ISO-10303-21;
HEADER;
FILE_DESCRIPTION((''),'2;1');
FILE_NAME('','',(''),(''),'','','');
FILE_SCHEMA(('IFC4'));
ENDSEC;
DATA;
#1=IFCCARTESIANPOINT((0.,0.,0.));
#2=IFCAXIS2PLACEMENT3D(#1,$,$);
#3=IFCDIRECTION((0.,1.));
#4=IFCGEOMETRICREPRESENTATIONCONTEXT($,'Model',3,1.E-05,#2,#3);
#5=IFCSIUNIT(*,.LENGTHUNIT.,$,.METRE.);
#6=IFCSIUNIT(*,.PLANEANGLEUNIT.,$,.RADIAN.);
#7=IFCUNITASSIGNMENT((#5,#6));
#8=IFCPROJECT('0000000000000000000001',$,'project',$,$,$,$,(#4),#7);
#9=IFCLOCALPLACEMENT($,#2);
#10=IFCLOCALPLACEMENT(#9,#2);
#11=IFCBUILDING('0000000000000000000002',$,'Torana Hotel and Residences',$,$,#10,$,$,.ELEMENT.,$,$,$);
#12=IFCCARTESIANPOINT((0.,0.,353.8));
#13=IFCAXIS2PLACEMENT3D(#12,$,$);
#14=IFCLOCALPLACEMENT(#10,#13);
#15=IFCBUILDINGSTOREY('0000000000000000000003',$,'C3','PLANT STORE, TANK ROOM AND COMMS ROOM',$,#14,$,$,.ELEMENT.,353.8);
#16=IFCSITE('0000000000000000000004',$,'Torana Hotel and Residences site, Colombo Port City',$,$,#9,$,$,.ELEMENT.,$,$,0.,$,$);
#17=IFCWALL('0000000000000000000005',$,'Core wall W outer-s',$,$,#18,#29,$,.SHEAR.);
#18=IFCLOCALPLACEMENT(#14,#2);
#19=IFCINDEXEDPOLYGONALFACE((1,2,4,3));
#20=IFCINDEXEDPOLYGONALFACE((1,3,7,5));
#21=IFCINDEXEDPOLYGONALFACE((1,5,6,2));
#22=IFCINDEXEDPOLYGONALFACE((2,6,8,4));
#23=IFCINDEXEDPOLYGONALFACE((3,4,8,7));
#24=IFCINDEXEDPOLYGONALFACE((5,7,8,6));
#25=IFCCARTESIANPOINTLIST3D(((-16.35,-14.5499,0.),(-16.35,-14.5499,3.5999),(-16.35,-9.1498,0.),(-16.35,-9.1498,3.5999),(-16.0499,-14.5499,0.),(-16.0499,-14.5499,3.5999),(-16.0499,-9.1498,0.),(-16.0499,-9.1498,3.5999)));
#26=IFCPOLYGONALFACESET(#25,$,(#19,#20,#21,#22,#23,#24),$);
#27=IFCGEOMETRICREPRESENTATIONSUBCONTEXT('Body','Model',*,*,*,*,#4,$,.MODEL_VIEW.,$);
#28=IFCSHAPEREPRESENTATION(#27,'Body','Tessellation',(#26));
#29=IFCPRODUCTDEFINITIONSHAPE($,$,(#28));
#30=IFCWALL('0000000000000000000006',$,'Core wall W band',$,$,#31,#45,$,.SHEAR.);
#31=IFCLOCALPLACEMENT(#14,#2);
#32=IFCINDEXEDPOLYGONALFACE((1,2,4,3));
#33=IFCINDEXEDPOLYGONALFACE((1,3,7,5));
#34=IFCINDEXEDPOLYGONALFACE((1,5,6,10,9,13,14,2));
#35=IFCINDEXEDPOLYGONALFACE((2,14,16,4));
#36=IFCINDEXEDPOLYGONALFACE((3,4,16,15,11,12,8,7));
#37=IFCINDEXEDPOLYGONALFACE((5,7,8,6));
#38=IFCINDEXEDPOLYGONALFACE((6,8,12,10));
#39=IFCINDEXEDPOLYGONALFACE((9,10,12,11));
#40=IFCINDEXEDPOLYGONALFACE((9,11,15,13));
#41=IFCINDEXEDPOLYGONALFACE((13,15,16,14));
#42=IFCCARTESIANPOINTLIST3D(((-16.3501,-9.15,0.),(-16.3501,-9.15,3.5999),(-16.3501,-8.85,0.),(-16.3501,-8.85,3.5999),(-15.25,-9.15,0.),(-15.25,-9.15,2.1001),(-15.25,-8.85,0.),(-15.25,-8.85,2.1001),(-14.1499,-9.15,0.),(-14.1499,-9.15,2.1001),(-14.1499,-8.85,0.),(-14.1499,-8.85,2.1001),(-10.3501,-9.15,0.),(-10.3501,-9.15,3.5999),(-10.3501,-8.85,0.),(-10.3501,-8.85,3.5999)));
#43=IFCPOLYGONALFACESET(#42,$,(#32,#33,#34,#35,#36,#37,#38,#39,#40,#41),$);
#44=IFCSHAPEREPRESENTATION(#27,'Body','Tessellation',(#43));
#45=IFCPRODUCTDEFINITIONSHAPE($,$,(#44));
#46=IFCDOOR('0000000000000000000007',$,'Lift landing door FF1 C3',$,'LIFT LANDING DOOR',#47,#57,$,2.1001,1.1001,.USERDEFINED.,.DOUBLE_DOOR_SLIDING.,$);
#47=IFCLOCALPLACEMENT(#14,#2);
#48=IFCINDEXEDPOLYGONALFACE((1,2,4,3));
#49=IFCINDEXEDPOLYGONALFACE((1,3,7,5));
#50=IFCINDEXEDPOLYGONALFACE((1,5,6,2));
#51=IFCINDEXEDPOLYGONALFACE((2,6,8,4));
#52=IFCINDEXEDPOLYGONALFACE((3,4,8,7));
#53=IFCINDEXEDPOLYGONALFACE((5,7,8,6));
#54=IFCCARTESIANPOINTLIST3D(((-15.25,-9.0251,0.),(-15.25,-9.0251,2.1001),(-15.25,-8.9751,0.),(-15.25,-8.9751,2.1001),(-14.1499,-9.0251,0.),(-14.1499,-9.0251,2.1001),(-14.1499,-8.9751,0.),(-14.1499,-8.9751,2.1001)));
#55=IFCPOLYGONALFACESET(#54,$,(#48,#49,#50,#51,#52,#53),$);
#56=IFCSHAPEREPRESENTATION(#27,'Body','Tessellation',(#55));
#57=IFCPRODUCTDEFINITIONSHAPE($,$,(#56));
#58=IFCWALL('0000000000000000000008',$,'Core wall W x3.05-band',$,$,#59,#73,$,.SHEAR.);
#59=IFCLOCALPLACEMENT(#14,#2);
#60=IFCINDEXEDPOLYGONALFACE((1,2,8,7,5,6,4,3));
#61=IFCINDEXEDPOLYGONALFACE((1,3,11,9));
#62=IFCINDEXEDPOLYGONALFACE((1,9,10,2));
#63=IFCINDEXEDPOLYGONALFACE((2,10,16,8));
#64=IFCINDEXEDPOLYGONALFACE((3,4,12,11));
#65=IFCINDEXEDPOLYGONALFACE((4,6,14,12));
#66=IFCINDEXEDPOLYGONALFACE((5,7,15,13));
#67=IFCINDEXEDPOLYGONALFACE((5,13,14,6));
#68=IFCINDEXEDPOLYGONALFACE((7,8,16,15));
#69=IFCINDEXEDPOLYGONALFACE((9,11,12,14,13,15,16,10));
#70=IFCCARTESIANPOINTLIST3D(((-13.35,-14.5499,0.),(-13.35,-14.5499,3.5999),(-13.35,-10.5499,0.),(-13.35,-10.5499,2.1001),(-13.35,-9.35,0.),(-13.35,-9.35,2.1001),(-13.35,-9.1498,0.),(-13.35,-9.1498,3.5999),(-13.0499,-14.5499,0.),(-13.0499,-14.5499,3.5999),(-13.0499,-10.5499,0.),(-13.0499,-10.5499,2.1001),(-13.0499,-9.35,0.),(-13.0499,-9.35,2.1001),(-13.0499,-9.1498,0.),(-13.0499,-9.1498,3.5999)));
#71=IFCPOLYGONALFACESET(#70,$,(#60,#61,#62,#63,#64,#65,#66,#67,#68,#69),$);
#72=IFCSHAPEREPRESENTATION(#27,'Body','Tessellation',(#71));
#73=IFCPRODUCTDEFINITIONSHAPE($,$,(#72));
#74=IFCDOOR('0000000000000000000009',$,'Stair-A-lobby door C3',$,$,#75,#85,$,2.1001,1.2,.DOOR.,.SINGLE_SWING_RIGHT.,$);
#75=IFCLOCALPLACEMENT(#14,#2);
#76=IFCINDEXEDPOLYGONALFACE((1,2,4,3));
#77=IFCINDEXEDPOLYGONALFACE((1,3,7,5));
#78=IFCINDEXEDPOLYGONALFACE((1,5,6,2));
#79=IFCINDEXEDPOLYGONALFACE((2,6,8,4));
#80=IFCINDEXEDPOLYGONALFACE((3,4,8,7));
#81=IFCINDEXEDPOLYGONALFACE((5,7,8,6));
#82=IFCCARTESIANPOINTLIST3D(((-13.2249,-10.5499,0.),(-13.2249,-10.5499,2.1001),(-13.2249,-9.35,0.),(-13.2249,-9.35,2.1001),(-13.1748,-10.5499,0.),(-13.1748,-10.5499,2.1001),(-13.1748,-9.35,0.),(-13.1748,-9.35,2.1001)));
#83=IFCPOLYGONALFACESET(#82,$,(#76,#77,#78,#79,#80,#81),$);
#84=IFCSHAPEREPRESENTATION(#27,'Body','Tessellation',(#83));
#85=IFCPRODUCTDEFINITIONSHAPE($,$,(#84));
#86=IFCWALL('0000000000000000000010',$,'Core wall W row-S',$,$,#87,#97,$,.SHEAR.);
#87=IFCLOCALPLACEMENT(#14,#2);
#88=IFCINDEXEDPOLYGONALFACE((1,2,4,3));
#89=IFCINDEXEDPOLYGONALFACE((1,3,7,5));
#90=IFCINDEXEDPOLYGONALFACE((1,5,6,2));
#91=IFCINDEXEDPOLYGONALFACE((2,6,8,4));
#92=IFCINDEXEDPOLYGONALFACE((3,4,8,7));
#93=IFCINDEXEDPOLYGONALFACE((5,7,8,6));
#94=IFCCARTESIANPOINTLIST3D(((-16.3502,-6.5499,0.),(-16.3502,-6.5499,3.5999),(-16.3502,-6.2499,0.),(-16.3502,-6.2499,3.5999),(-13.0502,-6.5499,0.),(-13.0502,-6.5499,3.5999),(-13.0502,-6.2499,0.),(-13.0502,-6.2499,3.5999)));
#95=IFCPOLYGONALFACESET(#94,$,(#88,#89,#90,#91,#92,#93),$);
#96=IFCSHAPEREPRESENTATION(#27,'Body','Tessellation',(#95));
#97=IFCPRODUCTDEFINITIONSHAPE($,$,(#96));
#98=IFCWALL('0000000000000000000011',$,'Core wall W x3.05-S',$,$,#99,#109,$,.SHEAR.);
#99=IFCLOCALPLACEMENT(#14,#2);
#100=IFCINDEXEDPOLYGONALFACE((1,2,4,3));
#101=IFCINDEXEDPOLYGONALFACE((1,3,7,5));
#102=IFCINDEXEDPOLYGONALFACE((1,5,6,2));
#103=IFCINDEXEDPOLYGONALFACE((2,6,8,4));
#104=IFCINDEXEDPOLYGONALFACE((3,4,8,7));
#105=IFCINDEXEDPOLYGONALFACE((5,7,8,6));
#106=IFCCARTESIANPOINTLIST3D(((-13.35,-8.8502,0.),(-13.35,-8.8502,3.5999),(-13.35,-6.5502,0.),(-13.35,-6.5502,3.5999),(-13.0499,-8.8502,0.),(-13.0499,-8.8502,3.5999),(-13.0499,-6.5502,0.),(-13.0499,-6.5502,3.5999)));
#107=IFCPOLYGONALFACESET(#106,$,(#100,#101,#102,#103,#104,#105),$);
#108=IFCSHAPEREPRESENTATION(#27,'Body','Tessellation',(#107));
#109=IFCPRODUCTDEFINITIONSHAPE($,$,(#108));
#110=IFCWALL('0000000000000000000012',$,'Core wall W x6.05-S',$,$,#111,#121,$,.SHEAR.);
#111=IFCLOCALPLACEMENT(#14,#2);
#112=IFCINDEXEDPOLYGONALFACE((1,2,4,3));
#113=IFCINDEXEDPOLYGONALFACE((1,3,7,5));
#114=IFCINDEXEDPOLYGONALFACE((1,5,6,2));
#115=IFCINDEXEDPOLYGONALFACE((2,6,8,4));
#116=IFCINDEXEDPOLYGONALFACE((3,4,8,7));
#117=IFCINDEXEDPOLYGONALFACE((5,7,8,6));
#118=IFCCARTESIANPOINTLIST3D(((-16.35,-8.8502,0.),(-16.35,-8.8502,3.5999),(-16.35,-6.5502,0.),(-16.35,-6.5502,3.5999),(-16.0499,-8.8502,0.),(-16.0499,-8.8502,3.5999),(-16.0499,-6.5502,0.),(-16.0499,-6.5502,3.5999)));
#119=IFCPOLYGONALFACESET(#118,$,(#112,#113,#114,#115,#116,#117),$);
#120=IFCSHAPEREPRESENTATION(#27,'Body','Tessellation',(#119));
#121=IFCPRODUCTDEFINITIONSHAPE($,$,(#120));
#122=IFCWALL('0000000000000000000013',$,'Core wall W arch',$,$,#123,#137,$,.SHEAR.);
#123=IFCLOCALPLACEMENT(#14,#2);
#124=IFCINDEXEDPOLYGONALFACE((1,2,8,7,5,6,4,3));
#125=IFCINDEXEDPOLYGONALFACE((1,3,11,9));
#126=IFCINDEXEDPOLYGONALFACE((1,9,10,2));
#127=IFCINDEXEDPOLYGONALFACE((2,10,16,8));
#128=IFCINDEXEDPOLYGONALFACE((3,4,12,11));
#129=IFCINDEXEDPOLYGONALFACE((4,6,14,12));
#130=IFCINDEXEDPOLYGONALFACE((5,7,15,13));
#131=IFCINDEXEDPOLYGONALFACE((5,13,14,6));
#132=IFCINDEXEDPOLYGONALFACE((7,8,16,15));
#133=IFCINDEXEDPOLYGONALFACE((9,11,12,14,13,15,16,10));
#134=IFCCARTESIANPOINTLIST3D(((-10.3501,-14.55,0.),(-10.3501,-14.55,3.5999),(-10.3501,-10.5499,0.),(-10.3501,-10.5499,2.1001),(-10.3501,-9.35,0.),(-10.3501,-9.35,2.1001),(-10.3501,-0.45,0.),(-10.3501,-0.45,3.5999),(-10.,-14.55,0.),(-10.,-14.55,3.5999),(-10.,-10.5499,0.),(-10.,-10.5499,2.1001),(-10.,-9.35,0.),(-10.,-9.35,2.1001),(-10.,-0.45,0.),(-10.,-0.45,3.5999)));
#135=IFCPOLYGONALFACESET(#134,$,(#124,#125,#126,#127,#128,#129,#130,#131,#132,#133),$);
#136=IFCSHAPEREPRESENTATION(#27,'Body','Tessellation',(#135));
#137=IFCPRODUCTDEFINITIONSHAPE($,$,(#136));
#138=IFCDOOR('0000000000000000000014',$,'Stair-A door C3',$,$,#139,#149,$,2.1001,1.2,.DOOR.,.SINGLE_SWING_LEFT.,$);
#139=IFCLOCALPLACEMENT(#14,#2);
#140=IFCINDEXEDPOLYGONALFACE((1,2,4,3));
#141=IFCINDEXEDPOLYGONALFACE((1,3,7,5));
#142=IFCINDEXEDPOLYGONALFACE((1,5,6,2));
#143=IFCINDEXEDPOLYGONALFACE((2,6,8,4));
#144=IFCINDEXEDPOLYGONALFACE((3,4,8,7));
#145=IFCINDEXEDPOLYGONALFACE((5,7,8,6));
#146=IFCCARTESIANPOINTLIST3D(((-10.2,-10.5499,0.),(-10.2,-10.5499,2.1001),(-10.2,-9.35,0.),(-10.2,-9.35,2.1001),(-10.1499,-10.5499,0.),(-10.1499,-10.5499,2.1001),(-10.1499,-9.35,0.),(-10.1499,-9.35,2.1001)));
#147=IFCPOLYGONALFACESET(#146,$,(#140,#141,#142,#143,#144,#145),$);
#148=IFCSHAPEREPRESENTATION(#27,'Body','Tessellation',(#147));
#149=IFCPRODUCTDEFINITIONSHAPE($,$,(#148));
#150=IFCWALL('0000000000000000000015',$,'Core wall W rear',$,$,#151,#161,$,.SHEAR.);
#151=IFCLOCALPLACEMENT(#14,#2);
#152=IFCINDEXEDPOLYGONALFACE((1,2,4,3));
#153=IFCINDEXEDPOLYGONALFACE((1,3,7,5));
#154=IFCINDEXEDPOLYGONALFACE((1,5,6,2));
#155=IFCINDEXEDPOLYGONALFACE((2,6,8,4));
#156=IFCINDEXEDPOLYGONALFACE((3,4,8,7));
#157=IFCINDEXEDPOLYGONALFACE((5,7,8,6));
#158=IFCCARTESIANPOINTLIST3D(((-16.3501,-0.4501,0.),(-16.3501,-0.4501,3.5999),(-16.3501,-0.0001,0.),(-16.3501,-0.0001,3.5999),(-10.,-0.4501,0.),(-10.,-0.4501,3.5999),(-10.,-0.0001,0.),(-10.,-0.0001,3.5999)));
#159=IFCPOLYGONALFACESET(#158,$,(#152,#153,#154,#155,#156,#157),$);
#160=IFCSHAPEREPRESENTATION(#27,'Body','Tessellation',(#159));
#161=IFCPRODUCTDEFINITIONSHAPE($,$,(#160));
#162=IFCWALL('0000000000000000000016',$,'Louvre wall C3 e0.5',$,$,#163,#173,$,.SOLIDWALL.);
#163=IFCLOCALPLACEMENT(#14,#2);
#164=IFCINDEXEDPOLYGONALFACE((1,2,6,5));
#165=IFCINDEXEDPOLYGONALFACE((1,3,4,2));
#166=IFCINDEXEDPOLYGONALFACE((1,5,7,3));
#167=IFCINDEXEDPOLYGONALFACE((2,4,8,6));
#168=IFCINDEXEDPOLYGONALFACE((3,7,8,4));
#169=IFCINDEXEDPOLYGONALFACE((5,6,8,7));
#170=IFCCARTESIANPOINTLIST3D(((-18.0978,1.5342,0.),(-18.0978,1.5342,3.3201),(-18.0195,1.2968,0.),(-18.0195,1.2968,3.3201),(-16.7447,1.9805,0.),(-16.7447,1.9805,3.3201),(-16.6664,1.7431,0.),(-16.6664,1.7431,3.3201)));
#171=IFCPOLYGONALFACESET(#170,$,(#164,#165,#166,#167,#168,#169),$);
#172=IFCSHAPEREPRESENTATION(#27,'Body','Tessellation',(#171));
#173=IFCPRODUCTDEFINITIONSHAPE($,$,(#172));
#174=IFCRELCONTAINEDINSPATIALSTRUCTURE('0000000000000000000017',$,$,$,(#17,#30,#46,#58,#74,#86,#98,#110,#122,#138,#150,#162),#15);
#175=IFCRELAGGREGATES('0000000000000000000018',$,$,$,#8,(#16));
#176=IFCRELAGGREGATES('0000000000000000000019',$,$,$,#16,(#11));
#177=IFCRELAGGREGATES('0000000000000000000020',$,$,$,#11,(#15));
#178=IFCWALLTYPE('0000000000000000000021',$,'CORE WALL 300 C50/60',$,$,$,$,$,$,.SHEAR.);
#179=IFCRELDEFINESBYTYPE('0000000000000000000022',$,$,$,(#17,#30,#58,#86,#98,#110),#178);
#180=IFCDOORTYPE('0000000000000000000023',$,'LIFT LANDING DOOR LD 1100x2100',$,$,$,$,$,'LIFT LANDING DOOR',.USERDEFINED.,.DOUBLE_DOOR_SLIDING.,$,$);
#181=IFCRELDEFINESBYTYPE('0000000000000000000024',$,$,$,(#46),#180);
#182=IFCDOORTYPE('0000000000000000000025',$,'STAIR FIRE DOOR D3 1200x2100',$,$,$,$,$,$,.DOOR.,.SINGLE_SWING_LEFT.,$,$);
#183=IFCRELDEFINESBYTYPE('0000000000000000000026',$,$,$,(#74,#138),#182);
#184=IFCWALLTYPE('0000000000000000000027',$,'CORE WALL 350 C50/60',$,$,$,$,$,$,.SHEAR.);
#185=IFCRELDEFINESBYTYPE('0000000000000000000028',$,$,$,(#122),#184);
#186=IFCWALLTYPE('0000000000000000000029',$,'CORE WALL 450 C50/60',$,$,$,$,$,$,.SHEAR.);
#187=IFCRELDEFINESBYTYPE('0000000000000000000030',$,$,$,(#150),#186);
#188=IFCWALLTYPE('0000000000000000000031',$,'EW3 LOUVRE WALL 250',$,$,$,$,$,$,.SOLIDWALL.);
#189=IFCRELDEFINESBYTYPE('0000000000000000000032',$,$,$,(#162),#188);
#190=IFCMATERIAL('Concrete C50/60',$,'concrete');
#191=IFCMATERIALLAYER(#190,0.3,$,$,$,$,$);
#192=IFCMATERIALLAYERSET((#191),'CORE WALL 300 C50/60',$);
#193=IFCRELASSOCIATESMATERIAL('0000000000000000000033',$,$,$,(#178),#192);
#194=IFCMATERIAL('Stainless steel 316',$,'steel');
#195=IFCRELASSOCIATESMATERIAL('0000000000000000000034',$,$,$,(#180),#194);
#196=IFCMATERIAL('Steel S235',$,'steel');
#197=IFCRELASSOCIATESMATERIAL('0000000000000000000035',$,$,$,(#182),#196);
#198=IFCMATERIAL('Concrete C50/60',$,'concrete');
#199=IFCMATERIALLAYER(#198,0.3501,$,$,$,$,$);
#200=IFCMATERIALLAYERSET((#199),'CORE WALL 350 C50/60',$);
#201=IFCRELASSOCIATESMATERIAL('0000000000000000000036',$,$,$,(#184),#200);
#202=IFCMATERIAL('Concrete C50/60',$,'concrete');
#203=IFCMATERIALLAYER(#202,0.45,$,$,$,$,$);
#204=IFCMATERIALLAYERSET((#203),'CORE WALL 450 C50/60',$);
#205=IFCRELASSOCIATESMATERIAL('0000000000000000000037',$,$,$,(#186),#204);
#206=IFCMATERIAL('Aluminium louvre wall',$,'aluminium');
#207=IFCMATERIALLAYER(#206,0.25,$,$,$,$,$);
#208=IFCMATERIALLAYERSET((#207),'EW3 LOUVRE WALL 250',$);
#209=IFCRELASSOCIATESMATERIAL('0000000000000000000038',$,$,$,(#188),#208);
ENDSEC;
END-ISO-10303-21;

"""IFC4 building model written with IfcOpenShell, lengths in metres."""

from ifc_helpers import new_model, si_unit, direction, frame, frame_2d, origin, place, context, subcontext, project, spatial, rectangle, extrude, material, layer, layer_set, type_object, element, fill, save


model = new_model("IFC4")

# Units and contexts
model_context = context("Model", 3, precision=1e-05, world=origin(), true_north=direction((0.0, 1.0)))
body_context = subcontext(model_context, "Body", "Model", "MODEL_VIEW")
ifc_project = project(units=[si_unit("LENGTHUNIT", "METRE"), si_unit("PLANEANGLEUNIT", "RADIAN")], contexts=[model_context])

# Site, building, storey
site_placement = place(None, origin())
site = spatial("IfcSite", under=ifc_project, at=site_placement, Name="Torana Hotel and Residences site, Colombo Port City", CompositionType="ELEMENT", RefElevation=0.0)
building_placement = place(site_placement, origin())
building = spatial("IfcBuilding", under=site, at=building_placement, Name="Torana Hotel and Residences", CompositionType="ELEMENT")
storey_placement = place(building_placement, frame((0.0, 0.0, 353.8)))
storey = spatial("IfcBuildingStorey", under=building, at=storey_placement, Name="C3", Description="PLANT STORE, TANK ROOM AND COMMS ROOM", CompositionType="ELEMENT", Elevation=353.8)

# Wall
ifc_material_1 = material(Name="Concrete C50/60", Category="concrete")
ifc_layer_1 = layer(ifc_material_1, 0.3)
ifc_layer_set_1 = layer_set([ifc_layer_1], Name="CORE WALL 300 C50/60")
wall_type_1 = type_object("IfcWallType", Name="CORE WALL 300 C50/60", PredefinedType="SHEAR", material=ifc_layer_set_1)
wall_1_placement = place(storey_placement, frame((-16.2, -14.55, 0.0), z_axis=(0.0, 0.0, 1.0), x_axis=(0.0, 1.0, 0.0)))
element("IfcWall", 1, at=wall_1_placement, inside=storey, type_object=wall_type_1, Name="Core wall W outer-s", PredefinedType="SHEAR", context=body_context, shape_type="SweptSolid", body=[
    extrude(rectangle(XDim=5.4001, YDim=0.3, at=frame_2d((2.7002, 0.0))), origin(), (0.0, 0.0, 1.0), 3.5999),
])

# Walls, openings, doors
wall_2_placement = place(storey_placement, frame((-16.3501, -9.0, 0.0), z_axis=(0.0, 0.0, 1.0), x_axis=(1.0, 0.0, 0.0)))
wall_2 = element("IfcWall", 2, at=wall_2_placement, inside=storey, type_object=wall_type_1, Name="Core wall W band", PredefinedType="SHEAR", context=body_context, shape_type="SweptSolid", body=[
    extrude(rectangle(XDim=6.0, YDim=0.3, at=frame_2d((3.0, 0.0))), origin(), (0.0, 0.0, 1.0), 3.5999),
])
opening_1_placement = place(wall_2_placement, frame((1.1001, 0.0, 0.0)))
opening_1 = element("IfcOpeningElement", 3, at=opening_1_placement, cuts=wall_2, PredefinedType="OPENING", context=body_context, shape_type="SweptSolid", body=[
    extrude(rectangle(XDim=1.1001, YDim=2.1001, at=frame_2d((0.55, 1.05))), frame((0.0, 0.1599, 0.0), z_axis=(0.0, -1.0, 0.0), x_axis=(1.0, 0.0, 0.0)), (0.0, 0.0, 1.0), 0.3201),
])
ifc_material_2 = material(Name="Stainless steel 316", Category="steel")
door_type_1 = type_object("IfcDoorType", Name="LIFT LANDING DOOR LD 1100x2100", ElementType="LIFT LANDING DOOR", OperationType="DOUBLE_DOOR_SLIDING", PredefinedType="USERDEFINED", material=ifc_material_2)
door_1_placement = place(opening_1_placement, origin())
door_1 = element("IfcDoor", 4, at=door_1_placement, inside=storey, type_object=door_type_1, Name="Lift landing door FF1 C3", ObjectType="LIFT LANDING DOOR", OperationType="DOUBLE_DOOR_SLIDING", OverallHeight=2.1001, OverallWidth=1.1001, PredefinedType="USERDEFINED", context=body_context, shape_type="SweptSolid", body=[
    extrude(rectangle(XDim=1.1001, YDim=2.1001, at=frame_2d((0.55, 1.05))), frame((0.0, 0.0249, 0.0), z_axis=(0.0, -1.0, 0.0), x_axis=(1.0, 0.0, 0.0)), (0.0, 0.0, 1.0), 0.05),
])
fill(opening_1, door_1)
wall_3_placement = place(storey_placement, frame((-13.2, -14.55, 0.0), z_axis=(0.0, 0.0, 1.0), x_axis=(0.0, 1.0, 0.0)))
wall_3 = element("IfcWall", 5, at=wall_3_placement, inside=storey, type_object=wall_type_1, Name="Core wall W x3.05-band", PredefinedType="SHEAR", context=body_context, shape_type="SweptSolid", body=[
    extrude(rectangle(XDim=5.4001, YDim=0.3, at=frame_2d((2.7002, 0.0))), origin(), (0.0, 0.0, 1.0), 3.5999),
])
opening_2_placement = place(wall_3_placement, frame((4.0, 0.0, 0.0)))
opening_2 = element("IfcOpeningElement", 6, at=opening_2_placement, cuts=wall_3, PredefinedType="OPENING", context=body_context, shape_type="SweptSolid", body=[
    extrude(rectangle(XDim=1.2, YDim=2.1001, at=frame_2d((0.6001, 1.05))), frame((0.0, 0.1599, 0.0), z_axis=(0.0, -1.0, 0.0), x_axis=(1.0, 0.0, 0.0)), (0.0, 0.0, 1.0), 0.3201),
])
ifc_material_3 = material(Name="Steel S235", Category="steel")
door_type_2 = type_object("IfcDoorType", Name="STAIR FIRE DOOR D3 1200x2100", OperationType="SINGLE_SWING_LEFT", PredefinedType="DOOR", material=ifc_material_3)
door_2_placement = place(opening_2_placement, frame((0.6001, 0.0, 0.0), z_axis=(0.0, 0.0, 1.0), x_axis=(-1.0, 0.0, 0.0)))
door_2 = element("IfcDoor", 7, at=door_2_placement, inside=storey, type_object=door_type_2, Name="Stair-A-lobby door C3", OperationType="SINGLE_SWING_RIGHT", OverallHeight=2.1001, OverallWidth=1.2, PredefinedType="DOOR", context=body_context, shape_type="SweptSolid", body=[
    extrude(rectangle(XDim=1.2, YDim=2.1001, at=frame_2d((0.0, 1.05))), frame((0.0, -0.0249, 0.0), z_axis=(0.0, 1.0, 0.0), x_axis=(-1.0, 0.0, 0.0)), (0.0, 0.0, 1.0), 0.05),
])
fill(opening_2, door_2)

# Walls
wall_4_placement = place(storey_placement, frame((-16.3501, -6.3999, 0.0), z_axis=(0.0, 0.0, 1.0), x_axis=(1.0, 0.0, 0.0)))
element("IfcWall", 8, at=wall_4_placement, inside=storey, type_object=wall_type_1, Name="Core wall W row-S", PredefinedType="SHEAR", context=body_context, shape_type="SweptSolid", body=[
    extrude(rectangle(XDim=3.3, YDim=0.3, at=frame_2d((1.6499, 0.0))), origin(), (0.0, 0.0, 1.0), 3.5999),
])
for number, where, z_axis, x_axis, name in (
    (9, (-13.2, -8.8501, 0.0), (0.0, 0.0, 1.0), (0.0, 1.0, 0.0), "Core wall W x3.05-S"),
    (10, (-16.2, -8.8501, 0.0), (0.0, 0.0, 1.0), (0.0, 1.0, 0.0), "Core wall W x6.05-S"),
):
    element("IfcWall", number, at=place(storey_placement, frame(where, z_axis=z_axis, x_axis=x_axis)), inside=storey, type_object=wall_type_1, Name=name, PredefinedType="SHEAR", context=body_context, shape_type="SweptSolid", body=[
        extrude(rectangle(XDim=2.3, YDim=0.3, at=frame_2d((1.1499, 0.0))), origin(), (0.0, 0.0, 1.0), 3.5999),
    ])

# Wall, opening, door
ifc_material_4 = material(Name="Concrete C50/60", Category="concrete")
ifc_layer_2 = layer(ifc_material_4, 0.3501)
ifc_layer_set_2 = layer_set([ifc_layer_2], Name="CORE WALL 350 C50/60")
wall_type_2 = type_object("IfcWallType", Name="CORE WALL 350 C50/60", PredefinedType="SHEAR", material=ifc_layer_set_2)
wall_5_placement = place(storey_placement, frame((-10.175, -14.55, 0.0), z_axis=(0.0, 0.0, 1.0), x_axis=(0.0, 1.0, 0.0)))
wall_5 = element("IfcWall", 11, at=wall_5_placement, inside=storey, type_object=wall_type_2, Name="Core wall W arch", PredefinedType="SHEAR", context=body_context, shape_type="SweptSolid", body=[
    extrude(rectangle(XDim=14.1001, YDim=0.3501, at=frame_2d((7.05, 0.0))), origin(), (0.0, 0.0, 1.0), 3.5999),
])
opening_3_placement = place(wall_5_placement, frame((4.0, 0.0, 0.0)))
opening_3 = element("IfcOpeningElement", 12, at=opening_3_placement, cuts=wall_5, PredefinedType="OPENING", context=body_context, shape_type="SweptSolid", body=[
    extrude(rectangle(XDim=1.2, YDim=2.1001, at=frame_2d((0.6001, 1.05))), frame((0.0, 0.1851, 0.0), z_axis=(0.0, -1.0, 0.0), x_axis=(1.0, 0.0, 0.0)), (0.0, 0.0, 1.0), 0.3701),
])
door_3_placement = place(opening_3_placement, origin())
door_3 = element("IfcDoor", 13, at=door_3_placement, inside=storey, type_object=door_type_2, Name="Stair-A door C3", OperationType="SINGLE_SWING_LEFT", OverallHeight=2.1001, OverallWidth=1.2, PredefinedType="DOOR", context=body_context, shape_type="SweptSolid", body=[
    extrude(rectangle(XDim=1.2, YDim=2.1001, at=frame_2d((0.6001, 1.05))), frame((0.0, 0.0249, 0.0), z_axis=(0.0, -1.0, 0.0), x_axis=(1.0, 0.0, 0.0)), (0.0, 0.0, 1.0), 0.05),
])
fill(opening_3, door_3)

# Walls
ifc_material_5 = material(Name="Concrete C50/60", Category="concrete")
ifc_layer_3 = layer(ifc_material_5, 0.45)
ifc_layer_set_3 = layer_set([ifc_layer_3], Name="CORE WALL 450 C50/60")
wall_type_3 = type_object("IfcWallType", Name="CORE WALL 450 C50/60", PredefinedType="SHEAR", material=ifc_layer_set_3)
wall_6_placement = place(storey_placement, frame((-16.3501, -0.2251, 0.0), z_axis=(0.0, 0.0, 1.0), x_axis=(1.0, 0.0, 0.0)))
element("IfcWall", 14, at=wall_6_placement, inside=storey, type_object=wall_type_3, Name="Core wall W rear", PredefinedType="SHEAR", context=body_context, shape_type="SweptSolid", body=[
    extrude(rectangle(XDim=6.3501, YDim=0.45, at=frame_2d((3.175, 0.0))), origin(), (0.0, 0.0, 1.0), 3.5999),
])
ifc_material_6 = material(Name="Aluminium louvre wall", Category="aluminium")
ifc_layer_4 = layer(ifc_material_6, 0.25)
ifc_layer_set_4 = layer_set([ifc_layer_4], Name="EW3 LOUVRE WALL 250")
wall_type_4 = type_object("IfcWallType", Name="EW3 LOUVRE WALL 250", PredefinedType="SOLIDWALL", material=ifc_layer_set_4)
wall_7_placement = place(storey_placement, frame((-16.7056, 1.8618, 0.0), z_axis=(0.0, 0.0, 1.0), x_axis=(-0.949672, -0.313245, 0.0)))
element("IfcWall", 15, at=wall_7_placement, inside=storey, type_object=wall_type_4, Name="Louvre wall C3 e0.5", PredefinedType="SOLIDWALL", context=body_context, shape_type="SweptSolid", body=[
    extrude(rectangle(XDim=1.4248, YDim=0.25, at=frame_2d((0.7124, 0.0))), origin(), (0.0, 0.0, 1.0), 3.3201),
])

save(model, "model.ifc")
